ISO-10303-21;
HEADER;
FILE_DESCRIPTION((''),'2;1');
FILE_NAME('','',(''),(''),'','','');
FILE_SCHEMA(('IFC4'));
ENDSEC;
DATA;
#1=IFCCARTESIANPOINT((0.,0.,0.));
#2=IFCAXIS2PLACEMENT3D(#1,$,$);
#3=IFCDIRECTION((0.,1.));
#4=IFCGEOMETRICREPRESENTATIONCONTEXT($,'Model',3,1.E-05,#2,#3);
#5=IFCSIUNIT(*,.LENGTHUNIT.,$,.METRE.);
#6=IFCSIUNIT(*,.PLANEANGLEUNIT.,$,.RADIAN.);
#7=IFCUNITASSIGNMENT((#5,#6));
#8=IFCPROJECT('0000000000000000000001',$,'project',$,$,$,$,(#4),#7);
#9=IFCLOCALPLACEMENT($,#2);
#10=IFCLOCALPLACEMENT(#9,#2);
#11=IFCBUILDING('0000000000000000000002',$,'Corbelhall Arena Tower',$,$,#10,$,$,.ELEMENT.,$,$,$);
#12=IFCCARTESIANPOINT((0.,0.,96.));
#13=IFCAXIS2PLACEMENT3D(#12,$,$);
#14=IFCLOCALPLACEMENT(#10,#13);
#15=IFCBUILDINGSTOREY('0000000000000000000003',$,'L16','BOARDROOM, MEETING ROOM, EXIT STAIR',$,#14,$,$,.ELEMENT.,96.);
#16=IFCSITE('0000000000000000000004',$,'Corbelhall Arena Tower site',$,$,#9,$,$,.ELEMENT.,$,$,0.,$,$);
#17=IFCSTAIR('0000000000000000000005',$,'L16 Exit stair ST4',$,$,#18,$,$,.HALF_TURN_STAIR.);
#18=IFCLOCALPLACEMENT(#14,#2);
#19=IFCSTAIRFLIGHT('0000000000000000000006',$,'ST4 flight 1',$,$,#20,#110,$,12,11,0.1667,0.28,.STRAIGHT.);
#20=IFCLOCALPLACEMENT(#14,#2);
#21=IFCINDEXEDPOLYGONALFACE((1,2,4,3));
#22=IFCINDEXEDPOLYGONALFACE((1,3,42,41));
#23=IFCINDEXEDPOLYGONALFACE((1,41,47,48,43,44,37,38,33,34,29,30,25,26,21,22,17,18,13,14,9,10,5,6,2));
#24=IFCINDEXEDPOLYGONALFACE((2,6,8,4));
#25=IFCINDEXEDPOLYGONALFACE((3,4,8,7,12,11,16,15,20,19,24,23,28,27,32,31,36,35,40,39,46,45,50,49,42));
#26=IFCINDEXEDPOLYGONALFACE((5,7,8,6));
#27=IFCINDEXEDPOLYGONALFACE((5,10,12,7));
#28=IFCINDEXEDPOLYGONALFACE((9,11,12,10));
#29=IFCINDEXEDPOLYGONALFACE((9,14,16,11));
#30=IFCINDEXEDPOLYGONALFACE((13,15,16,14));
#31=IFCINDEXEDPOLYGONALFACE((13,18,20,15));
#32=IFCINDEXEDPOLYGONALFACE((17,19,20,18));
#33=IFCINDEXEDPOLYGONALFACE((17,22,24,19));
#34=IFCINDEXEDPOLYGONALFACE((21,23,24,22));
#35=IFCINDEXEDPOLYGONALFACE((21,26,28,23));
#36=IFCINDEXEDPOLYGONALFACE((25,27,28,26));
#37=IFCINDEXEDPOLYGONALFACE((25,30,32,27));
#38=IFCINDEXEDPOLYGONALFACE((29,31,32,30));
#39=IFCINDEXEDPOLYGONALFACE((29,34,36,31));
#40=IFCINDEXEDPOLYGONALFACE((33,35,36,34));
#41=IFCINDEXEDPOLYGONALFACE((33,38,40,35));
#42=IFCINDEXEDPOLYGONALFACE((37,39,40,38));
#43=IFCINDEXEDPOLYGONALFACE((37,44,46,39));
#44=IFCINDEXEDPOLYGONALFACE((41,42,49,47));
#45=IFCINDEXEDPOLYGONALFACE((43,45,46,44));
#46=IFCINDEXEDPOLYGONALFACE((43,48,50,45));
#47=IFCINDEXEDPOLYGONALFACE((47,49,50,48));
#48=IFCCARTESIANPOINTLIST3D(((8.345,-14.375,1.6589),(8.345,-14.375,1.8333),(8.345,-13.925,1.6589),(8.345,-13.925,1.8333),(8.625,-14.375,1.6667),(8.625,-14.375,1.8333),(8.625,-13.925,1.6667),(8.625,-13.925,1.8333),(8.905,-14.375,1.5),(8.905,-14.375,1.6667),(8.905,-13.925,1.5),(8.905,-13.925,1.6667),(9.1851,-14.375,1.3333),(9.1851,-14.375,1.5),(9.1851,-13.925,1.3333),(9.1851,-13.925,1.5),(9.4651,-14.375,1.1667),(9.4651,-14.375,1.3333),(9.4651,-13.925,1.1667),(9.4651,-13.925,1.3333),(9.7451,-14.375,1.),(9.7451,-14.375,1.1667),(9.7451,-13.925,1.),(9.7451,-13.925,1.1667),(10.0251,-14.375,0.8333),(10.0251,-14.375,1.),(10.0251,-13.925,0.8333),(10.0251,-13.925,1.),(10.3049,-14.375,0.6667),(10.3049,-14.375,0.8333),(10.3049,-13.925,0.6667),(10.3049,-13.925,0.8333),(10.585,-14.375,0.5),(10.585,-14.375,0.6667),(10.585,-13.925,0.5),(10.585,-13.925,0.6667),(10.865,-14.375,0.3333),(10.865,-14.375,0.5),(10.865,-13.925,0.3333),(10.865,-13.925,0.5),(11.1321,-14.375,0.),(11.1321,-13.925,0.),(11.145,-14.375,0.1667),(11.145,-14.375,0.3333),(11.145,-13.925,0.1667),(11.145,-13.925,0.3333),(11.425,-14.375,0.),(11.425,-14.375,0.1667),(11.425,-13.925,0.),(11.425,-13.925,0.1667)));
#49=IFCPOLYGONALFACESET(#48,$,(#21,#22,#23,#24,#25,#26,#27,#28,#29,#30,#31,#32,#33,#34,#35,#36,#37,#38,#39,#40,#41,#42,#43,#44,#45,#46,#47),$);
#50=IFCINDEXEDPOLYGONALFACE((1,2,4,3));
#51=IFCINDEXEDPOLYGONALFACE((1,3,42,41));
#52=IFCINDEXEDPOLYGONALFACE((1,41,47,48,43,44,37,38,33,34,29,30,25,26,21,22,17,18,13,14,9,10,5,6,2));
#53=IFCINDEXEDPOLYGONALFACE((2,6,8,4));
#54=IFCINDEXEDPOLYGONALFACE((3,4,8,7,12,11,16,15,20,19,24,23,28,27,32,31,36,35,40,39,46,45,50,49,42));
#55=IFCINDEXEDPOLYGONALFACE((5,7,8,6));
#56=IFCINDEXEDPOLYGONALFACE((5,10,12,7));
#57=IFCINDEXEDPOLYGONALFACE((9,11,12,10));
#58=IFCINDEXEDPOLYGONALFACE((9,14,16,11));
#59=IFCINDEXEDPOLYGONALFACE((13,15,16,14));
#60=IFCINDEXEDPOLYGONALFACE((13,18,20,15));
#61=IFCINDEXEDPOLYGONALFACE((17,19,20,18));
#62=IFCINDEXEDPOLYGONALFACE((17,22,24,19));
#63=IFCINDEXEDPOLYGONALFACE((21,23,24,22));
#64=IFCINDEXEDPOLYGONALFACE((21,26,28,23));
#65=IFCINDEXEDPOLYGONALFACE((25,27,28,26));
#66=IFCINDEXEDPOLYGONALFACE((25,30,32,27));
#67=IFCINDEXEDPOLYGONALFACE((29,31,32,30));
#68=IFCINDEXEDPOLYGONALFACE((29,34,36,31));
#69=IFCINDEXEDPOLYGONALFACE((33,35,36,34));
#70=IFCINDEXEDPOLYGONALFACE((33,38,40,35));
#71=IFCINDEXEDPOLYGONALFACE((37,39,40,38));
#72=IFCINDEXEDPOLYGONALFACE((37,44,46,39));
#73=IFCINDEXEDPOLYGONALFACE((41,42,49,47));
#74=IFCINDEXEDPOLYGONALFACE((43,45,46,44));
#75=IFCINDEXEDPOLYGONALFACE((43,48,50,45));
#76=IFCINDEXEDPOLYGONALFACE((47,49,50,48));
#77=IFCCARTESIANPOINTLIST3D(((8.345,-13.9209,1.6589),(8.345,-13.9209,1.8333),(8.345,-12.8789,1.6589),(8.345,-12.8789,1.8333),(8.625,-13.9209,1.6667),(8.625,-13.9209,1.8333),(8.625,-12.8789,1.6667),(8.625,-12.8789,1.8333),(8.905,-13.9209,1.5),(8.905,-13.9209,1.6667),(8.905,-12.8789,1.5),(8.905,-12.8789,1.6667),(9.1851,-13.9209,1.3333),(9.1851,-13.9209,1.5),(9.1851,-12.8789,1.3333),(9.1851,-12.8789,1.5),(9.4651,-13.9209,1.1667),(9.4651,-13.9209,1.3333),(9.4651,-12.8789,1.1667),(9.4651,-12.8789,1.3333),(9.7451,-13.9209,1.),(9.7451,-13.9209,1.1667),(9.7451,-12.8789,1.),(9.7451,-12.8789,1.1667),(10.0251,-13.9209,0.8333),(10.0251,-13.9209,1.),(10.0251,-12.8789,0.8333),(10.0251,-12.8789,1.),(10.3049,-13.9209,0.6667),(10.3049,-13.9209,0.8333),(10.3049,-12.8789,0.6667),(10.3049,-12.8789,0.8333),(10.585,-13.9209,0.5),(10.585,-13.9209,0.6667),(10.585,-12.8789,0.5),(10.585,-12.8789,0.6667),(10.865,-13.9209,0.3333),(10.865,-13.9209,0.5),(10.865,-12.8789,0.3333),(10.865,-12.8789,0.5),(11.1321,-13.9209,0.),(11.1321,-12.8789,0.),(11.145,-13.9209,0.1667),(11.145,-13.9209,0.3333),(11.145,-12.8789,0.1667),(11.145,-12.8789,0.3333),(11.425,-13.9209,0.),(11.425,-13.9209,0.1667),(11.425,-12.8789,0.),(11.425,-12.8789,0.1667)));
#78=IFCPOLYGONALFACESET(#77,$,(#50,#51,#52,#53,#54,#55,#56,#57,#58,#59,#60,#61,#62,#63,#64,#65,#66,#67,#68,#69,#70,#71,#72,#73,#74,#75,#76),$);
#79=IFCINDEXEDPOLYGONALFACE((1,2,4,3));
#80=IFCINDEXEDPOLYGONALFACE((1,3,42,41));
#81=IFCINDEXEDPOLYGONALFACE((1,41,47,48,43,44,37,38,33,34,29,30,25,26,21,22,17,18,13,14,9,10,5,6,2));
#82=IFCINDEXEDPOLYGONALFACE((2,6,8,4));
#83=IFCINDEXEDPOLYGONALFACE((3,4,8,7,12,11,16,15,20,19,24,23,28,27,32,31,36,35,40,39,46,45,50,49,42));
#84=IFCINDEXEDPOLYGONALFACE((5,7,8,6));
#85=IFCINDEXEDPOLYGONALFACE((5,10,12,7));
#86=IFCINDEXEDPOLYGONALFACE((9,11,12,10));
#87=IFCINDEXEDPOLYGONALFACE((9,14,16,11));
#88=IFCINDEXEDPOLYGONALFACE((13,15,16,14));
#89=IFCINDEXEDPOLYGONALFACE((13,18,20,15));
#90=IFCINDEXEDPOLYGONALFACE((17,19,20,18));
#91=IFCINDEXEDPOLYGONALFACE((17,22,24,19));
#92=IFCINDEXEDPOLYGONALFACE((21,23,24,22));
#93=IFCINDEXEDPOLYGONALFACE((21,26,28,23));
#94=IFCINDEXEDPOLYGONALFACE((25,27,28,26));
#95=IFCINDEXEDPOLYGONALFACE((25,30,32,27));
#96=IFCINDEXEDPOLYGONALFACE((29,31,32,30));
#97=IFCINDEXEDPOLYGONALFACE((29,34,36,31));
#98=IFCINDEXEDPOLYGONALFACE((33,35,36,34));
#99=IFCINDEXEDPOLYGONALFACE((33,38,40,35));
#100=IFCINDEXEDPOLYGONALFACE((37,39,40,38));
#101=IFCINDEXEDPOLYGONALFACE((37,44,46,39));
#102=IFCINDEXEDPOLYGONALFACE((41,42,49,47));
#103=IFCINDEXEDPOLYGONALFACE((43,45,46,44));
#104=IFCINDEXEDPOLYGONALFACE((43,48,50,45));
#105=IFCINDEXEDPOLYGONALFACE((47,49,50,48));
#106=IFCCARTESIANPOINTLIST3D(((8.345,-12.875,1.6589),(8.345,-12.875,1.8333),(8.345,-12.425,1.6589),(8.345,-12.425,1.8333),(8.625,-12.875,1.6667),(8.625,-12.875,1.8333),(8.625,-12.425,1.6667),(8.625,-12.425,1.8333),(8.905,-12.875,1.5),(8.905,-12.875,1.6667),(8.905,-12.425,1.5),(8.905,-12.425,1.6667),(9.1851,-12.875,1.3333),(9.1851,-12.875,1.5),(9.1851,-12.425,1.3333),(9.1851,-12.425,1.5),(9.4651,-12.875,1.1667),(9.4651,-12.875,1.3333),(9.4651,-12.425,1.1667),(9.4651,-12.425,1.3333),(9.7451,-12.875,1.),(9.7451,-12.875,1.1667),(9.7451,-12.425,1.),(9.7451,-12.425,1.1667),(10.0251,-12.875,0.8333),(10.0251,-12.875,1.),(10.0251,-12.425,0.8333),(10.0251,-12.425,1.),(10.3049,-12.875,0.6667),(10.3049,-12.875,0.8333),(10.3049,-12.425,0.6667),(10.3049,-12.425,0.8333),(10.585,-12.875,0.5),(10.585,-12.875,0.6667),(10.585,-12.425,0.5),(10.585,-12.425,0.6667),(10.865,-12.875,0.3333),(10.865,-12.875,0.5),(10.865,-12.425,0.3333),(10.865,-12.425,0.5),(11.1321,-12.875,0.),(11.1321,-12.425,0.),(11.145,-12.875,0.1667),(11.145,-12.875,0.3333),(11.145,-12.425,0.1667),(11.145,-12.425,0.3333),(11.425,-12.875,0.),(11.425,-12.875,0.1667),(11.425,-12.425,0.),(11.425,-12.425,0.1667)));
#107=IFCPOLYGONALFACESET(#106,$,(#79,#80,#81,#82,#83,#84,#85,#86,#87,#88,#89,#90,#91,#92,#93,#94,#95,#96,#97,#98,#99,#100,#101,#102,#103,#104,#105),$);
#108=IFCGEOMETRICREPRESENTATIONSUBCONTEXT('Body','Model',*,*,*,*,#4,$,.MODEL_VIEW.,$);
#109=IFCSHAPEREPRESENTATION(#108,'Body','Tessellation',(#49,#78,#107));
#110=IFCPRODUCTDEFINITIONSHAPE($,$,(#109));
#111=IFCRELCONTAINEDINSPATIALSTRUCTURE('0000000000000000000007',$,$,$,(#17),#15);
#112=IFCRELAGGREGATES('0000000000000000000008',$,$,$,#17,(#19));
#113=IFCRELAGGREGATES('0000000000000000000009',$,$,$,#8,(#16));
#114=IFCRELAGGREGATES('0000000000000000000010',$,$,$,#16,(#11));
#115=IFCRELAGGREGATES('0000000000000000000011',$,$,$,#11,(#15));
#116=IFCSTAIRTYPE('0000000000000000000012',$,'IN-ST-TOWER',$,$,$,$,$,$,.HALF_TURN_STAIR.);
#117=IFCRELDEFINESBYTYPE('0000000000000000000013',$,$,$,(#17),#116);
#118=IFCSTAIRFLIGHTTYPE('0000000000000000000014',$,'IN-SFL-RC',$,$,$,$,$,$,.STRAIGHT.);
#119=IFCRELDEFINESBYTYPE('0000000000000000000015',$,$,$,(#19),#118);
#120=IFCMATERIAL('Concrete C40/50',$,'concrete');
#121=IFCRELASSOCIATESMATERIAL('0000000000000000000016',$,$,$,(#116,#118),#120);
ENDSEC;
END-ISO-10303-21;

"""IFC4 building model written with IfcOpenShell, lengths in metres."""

from ifc_helpers import new_model, si_unit, direction, frame, origin, place, context, subcontext, project, spatial, polyline, outline, extrude, material, type_object, element, aggregate, save


model = new_model("IFC4")

# Units and contexts
model_context = context("Model", 3, precision=1e-05, world=origin(), true_north=direction((0.0, 1.0)))
body_context = subcontext(model_context, "Body", "Model", "MODEL_VIEW")
ifc_project = project(units=[si_unit("LENGTHUNIT", "METRE"), si_unit("PLANEANGLEUNIT", "RADIAN")], contexts=[model_context])

# Site, building, storey
site_placement = place(None, origin())
site = spatial("IfcSite", under=ifc_project, at=site_placement, Name="Corbelhall Arena Tower site", CompositionType="ELEMENT", RefElevation=0.0)
building_placement = place(site_placement, origin())
building = spatial("IfcBuilding", under=site, at=building_placement, Name="Corbelhall Arena Tower", CompositionType="ELEMENT")
storey_placement = place(building_placement, frame((0.0, 0.0, 96.0)))
storey = spatial("IfcBuildingStorey", under=building, at=storey_placement, Name="L16", Description="BOARDROOM, MEETING ROOM, EXIT STAIR", CompositionType="ELEMENT", Elevation=96.0)

# Shared definitions
ifc_material_1 = material(Name="Concrete C40/50", Category="concrete")

# Stair, stair flight
stair_type = type_object("IfcStairType", Name="IN-ST-TOWER", PredefinedType="HALF_TURN_STAIR", material=ifc_material_1)
stair_placement = place(storey_placement, origin())
stair = element("IfcStair", 1, at=stair_placement, inside=storey, type_object=stair_type, Name="L16 Exit stair ST4", PredefinedType="HALF_TURN_STAIR")
stair_flight_type = type_object("IfcStairFlightType", Name="IN-SFL-RC", PredefinedType="STRAIGHT", material=ifc_material_1)
stair_flight_placement = place(storey_placement, frame((11.425, -13.3999, 0.0), z_axis=(0.0, 0.0, 1.0), x_axis=(-1.0, 0.0, 0.0)))
stair_flight = element("IfcStairFlight", 2, at=stair_flight_placement, type_object=stair_flight_type, Name="ST4 flight 1", NumberOfRisers=12, NumberOfTreads=11, PredefinedType="STRAIGHT", RiserHeight=0.1667, TreadLength=0.28, context=body_context, shape_type="SweptSolid", body=[
    extrude(outline(polyline([(0.0, 0.0), (0.0, 0.1667), (0.28, 0.1667), (0.28, 0.3333), (0.5601, 0.3333), (0.5601, 0.5), (0.8401, 0.5), (0.8401, 0.6667), (1.1201, 0.6667), (1.1201, 0.8333), (1.3999, 0.8333), (1.3999, 1.0), (1.6799, 1.0), (1.6799, 1.1667), (1.96, 1.1667), (1.96, 1.3333), (2.24, 1.3333), (2.24, 1.5), (2.52, 1.5), (2.52, 1.6667), (2.8, 1.6667), (2.8, 1.8333), (3.0801, 1.8333), (3.0801, 2.0), (3.0801, 1.6589), (0.293, 0.0), (0.0, 0.0)])), frame((0.0, 0.9751, 0.0), z_axis=(0.0, -1.0, 0.0), x_axis=(1.0, 0.0, 0.0)), (0.0, 0.0, 1.0), 0.45),
    extrude(outline(polyline([(0.0, 0.0), (0.0, 0.1667), (0.28, 0.1667), (0.28, 0.3333), (0.5601, 0.3333), (0.5601, 0.5), (0.8401, 0.5), (0.8401, 0.6667), (1.1201, 0.6667), (1.1201, 0.8333), (1.3999, 0.8333), (1.3999, 1.0), (1.6799, 1.0), (1.6799, 1.1667), (1.96, 1.1667), (1.96, 1.3333), (2.24, 1.3333), (2.24, 1.5), (2.52, 1.5), (2.52, 1.6667), (2.8, 1.6667), (2.8, 1.8333), (3.0801, 1.8333), (3.0801, 2.0), (3.0801, 1.6589), (0.293, 0.0), (0.0, 0.0)])), frame((0.0, 0.521, 0.0), z_axis=(0.0, -1.0, 0.0), x_axis=(1.0, 0.0, 0.0)), (0.0, 0.0, 1.0), 1.042),
    extrude(outline(polyline([(0.0, 0.0), (0.0, 0.1667), (0.28, 0.1667), (0.28, 0.3333), (0.5601, 0.3333), (0.5601, 0.5), (0.8401, 0.5), (0.8401, 0.6667), (1.1201, 0.6667), (1.1201, 0.8333), (1.3999, 0.8333), (1.3999, 1.0), (1.6799, 1.0), (1.6799, 1.1667), (1.96, 1.1667), (1.96, 1.3333), (2.24, 1.3333), (2.24, 1.5), (2.52, 1.5), (2.52, 1.6667), (2.8, 1.6667), (2.8, 1.8333), (3.0801, 1.8333), (3.0801, 2.0), (3.0801, 1.6589), (0.293, 0.0), (0.0, 0.0)])), frame((0.0, -0.5249, 0.0), z_axis=(0.0, -1.0, 0.0), x_axis=(1.0, 0.0, 0.0)), (0.0, 0.0, 1.0), 0.45),
])
aggregate(stair, [stair_flight])

save(model, "model.ifc")
